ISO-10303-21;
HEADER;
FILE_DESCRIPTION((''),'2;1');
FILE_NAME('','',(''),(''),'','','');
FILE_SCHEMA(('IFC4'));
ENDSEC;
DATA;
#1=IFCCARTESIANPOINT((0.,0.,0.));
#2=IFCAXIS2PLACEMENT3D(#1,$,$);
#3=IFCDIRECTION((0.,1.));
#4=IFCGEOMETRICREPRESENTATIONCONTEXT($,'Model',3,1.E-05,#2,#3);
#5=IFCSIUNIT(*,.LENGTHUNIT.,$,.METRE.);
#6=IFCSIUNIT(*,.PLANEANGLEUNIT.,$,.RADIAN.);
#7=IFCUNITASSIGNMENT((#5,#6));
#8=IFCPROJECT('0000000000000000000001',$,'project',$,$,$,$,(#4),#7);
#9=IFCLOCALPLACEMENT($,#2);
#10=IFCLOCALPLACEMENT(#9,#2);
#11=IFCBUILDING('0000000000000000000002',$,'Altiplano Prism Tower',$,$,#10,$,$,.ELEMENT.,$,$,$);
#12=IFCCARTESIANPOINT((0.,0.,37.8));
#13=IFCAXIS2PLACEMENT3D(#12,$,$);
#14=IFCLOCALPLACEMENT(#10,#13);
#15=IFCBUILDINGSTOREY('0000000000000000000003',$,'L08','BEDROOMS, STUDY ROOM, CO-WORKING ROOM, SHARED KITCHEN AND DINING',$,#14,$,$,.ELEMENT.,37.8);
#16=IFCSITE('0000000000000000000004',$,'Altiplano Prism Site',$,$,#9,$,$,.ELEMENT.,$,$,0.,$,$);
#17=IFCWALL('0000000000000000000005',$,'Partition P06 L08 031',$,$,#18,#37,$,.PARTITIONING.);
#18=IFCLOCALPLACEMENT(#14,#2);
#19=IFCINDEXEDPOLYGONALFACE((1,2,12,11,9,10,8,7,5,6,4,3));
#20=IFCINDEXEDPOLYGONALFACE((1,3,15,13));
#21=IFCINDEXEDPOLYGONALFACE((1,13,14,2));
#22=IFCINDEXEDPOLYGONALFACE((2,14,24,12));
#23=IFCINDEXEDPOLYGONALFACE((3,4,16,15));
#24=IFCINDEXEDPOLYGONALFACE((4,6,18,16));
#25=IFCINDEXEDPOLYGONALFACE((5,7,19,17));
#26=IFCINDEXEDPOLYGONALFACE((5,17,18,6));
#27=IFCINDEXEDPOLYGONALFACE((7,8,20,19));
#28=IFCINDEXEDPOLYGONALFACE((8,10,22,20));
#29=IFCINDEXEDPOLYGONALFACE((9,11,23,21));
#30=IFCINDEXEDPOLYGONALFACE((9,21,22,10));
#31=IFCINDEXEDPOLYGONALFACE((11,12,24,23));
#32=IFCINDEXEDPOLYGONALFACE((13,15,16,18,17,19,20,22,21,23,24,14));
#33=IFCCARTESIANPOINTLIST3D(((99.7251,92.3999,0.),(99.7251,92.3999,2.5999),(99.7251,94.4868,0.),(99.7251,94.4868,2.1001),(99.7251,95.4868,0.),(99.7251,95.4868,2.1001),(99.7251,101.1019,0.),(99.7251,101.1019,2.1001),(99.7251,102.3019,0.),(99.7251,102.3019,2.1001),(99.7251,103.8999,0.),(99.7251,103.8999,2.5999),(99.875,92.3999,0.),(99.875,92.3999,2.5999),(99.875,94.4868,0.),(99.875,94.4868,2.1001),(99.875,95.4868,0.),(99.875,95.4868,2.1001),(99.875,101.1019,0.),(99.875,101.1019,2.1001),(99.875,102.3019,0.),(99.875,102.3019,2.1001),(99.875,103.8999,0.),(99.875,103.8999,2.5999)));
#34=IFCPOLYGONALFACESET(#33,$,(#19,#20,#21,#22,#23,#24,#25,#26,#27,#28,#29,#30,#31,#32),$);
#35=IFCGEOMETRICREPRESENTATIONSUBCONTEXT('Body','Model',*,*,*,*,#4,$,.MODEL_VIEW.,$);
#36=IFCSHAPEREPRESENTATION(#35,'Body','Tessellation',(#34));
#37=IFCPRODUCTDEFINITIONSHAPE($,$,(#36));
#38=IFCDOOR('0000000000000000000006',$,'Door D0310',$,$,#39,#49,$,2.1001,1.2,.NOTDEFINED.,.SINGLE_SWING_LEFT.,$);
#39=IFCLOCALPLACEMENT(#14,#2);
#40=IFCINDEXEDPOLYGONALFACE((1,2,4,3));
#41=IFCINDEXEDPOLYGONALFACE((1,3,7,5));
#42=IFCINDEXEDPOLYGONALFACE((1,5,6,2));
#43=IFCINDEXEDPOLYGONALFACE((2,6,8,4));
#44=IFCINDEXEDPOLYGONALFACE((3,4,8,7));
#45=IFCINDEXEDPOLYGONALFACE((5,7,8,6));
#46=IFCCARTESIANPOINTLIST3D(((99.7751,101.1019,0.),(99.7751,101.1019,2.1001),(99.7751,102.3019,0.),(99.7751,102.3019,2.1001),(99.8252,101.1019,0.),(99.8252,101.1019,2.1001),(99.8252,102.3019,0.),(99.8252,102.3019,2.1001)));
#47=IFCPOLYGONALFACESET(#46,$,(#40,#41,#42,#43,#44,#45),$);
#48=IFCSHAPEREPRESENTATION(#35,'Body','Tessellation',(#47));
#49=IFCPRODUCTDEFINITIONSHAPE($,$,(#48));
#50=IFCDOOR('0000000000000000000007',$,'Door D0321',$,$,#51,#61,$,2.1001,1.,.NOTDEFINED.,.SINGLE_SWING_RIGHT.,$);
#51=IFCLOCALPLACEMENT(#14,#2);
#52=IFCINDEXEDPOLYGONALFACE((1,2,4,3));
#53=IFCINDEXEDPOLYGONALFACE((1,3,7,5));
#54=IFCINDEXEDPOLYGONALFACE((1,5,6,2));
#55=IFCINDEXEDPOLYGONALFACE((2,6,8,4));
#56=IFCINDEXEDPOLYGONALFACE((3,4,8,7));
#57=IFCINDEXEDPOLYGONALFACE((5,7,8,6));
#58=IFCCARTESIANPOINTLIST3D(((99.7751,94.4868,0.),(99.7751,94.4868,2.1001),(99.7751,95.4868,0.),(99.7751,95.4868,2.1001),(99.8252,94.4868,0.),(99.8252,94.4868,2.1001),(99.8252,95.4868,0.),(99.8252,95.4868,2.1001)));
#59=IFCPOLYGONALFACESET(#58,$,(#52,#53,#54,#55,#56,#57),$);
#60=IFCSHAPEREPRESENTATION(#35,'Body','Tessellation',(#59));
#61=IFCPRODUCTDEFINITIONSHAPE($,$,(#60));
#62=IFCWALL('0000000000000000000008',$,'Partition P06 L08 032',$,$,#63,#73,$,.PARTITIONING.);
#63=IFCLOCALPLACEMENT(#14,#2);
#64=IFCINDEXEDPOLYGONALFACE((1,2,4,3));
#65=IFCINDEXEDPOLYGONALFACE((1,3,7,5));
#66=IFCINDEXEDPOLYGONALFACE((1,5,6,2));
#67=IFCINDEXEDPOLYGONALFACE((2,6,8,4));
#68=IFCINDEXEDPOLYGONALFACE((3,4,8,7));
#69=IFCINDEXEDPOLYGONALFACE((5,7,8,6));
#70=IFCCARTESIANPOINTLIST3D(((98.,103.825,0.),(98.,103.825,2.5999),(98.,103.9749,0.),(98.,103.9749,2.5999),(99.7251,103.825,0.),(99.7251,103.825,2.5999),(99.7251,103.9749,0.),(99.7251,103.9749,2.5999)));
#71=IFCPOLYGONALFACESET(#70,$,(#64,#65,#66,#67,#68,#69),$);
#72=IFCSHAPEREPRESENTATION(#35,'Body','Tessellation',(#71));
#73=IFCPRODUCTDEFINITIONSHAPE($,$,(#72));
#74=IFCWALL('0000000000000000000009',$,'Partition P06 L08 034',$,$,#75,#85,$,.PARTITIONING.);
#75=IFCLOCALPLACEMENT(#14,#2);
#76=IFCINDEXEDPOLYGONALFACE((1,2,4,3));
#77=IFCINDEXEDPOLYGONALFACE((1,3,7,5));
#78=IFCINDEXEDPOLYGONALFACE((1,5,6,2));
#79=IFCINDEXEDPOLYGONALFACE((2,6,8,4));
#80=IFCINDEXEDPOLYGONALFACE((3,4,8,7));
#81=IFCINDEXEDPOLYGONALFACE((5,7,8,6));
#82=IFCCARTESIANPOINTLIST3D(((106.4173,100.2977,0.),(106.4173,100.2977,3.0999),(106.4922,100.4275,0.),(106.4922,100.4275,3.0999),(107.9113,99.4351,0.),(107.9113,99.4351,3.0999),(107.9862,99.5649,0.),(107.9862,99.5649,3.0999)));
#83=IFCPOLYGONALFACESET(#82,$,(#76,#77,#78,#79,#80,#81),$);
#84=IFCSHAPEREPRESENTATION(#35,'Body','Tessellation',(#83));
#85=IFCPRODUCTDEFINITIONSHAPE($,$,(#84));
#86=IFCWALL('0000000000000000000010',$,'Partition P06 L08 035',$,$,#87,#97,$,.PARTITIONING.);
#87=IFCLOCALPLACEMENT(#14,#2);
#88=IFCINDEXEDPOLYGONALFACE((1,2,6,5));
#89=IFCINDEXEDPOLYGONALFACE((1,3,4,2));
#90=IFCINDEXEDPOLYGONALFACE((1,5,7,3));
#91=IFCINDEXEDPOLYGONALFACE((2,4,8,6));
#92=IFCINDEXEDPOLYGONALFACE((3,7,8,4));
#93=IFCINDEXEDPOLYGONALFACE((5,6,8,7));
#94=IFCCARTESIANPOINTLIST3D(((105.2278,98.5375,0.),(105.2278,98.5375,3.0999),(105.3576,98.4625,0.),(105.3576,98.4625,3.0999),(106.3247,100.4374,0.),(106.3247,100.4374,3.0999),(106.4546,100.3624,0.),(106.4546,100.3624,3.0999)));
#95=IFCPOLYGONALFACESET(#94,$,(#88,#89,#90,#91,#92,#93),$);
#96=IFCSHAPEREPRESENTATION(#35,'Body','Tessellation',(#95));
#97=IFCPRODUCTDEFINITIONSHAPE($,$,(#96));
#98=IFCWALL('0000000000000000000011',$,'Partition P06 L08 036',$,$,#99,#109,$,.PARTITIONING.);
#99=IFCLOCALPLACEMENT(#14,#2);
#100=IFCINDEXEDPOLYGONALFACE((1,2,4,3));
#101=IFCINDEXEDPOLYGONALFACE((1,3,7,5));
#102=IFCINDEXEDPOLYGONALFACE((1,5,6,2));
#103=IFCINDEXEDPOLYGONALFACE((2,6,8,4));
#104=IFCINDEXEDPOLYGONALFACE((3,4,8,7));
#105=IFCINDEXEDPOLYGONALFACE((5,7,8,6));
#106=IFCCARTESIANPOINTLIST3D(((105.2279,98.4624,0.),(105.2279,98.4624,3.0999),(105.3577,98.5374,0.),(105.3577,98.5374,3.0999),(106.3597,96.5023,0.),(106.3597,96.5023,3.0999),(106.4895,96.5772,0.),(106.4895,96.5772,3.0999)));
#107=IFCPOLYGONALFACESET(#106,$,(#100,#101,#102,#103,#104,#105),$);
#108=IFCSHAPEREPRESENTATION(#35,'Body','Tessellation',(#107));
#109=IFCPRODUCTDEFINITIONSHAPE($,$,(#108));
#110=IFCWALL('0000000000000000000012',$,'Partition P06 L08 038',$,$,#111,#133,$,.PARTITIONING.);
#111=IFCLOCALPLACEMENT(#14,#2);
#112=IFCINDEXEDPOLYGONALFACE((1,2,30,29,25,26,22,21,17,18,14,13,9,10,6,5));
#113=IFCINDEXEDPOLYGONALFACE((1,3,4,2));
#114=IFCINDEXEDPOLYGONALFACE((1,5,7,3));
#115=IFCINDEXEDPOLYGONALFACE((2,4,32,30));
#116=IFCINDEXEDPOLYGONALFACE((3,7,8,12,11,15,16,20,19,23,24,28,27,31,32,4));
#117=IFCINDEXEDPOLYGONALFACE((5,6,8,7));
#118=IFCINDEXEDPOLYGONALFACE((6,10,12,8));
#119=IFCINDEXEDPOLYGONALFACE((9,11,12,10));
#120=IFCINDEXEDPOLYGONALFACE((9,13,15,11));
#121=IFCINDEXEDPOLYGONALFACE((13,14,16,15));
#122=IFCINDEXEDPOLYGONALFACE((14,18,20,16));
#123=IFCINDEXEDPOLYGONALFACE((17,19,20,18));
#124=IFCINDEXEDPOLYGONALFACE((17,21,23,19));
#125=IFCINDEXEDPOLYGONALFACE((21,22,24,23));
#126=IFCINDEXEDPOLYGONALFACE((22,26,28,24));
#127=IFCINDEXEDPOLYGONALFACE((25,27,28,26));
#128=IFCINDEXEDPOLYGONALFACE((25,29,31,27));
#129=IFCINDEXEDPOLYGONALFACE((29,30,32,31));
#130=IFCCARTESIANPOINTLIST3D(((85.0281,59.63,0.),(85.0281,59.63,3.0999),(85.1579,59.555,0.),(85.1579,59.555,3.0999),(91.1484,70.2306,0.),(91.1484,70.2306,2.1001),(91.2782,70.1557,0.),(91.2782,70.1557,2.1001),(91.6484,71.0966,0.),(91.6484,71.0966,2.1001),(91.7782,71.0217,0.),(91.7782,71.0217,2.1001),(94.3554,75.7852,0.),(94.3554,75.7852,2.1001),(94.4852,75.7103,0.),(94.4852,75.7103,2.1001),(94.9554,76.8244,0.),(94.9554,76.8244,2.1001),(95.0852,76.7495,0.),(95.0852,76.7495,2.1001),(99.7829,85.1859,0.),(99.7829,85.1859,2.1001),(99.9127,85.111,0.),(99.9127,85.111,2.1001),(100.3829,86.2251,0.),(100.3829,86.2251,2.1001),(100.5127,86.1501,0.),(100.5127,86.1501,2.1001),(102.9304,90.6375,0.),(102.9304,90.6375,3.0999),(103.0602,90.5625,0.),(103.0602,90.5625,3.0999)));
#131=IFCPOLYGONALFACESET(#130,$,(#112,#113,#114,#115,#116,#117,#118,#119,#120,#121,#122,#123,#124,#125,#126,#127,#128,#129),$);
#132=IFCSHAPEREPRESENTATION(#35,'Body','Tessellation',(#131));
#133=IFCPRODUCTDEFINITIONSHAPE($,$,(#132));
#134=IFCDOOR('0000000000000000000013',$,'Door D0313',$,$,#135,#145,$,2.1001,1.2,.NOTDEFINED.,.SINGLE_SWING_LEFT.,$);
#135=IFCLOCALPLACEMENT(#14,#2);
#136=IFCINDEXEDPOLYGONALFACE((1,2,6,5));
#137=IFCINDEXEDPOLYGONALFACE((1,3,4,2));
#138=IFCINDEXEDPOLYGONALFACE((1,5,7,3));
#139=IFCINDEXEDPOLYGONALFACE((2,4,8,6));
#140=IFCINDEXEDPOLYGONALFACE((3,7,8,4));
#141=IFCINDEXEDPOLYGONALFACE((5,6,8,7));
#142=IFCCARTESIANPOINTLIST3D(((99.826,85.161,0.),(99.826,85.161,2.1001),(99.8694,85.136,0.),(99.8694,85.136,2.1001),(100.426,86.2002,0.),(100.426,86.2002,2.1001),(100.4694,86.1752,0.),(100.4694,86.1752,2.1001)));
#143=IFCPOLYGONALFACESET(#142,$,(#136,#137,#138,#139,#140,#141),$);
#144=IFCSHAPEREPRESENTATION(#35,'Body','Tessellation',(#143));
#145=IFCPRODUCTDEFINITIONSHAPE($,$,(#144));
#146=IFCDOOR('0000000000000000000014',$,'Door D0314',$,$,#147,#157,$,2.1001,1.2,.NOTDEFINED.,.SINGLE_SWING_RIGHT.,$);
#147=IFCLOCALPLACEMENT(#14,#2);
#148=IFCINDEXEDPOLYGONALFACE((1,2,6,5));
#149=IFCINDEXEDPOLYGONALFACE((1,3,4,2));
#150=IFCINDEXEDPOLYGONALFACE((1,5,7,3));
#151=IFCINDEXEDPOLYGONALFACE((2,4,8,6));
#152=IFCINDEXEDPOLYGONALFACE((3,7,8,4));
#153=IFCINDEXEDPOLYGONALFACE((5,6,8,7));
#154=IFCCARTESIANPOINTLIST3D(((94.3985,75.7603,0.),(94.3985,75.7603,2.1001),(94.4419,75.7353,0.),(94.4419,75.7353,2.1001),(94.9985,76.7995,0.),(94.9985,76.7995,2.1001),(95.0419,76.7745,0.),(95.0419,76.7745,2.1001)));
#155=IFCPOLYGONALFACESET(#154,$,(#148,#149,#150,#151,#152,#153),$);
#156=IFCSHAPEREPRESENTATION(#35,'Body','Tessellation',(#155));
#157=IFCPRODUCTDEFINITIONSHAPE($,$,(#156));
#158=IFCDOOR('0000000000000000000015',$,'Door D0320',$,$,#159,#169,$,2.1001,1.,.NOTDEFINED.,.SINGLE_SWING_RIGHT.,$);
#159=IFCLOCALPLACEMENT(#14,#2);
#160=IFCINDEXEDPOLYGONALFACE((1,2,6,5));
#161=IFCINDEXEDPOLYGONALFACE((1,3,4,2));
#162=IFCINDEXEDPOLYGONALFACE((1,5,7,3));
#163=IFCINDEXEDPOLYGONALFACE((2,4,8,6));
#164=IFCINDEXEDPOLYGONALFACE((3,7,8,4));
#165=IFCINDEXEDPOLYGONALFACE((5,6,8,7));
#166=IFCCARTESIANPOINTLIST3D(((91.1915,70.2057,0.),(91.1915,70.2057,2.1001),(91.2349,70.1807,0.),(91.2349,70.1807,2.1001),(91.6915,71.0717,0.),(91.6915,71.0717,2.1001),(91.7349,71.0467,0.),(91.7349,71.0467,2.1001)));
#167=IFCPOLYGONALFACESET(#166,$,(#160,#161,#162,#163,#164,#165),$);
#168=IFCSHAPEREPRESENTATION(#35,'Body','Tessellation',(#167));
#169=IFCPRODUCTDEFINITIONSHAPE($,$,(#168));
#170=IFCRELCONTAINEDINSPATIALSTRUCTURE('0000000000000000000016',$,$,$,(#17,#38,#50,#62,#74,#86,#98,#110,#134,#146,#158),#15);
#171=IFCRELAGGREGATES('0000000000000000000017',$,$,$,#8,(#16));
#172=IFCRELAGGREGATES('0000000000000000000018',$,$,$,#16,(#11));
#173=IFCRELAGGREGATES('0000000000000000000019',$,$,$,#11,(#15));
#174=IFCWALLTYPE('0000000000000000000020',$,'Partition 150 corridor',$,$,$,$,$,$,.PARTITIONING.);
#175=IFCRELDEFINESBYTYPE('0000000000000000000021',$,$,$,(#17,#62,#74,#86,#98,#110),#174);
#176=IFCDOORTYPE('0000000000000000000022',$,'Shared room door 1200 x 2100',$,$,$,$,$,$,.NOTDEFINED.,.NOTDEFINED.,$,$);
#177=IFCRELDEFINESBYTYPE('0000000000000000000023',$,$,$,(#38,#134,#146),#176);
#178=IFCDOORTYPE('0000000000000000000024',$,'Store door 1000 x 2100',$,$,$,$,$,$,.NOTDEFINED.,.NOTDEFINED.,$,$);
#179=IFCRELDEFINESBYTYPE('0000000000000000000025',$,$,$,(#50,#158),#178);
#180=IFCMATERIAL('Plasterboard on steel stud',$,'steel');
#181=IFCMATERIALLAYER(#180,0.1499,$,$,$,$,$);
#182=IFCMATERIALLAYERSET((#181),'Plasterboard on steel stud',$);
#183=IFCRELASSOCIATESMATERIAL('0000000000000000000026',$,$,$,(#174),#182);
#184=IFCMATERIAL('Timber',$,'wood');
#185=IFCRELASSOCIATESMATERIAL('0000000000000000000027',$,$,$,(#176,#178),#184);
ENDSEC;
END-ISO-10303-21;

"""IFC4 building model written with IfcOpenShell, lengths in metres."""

from ifc_helpers import new_model, si_unit, direction, frame, frame_2d, origin, place, context, subcontext, project, spatial, rectangle, extrude, material, layer, layer_set, type_object, element, fill, save


model = new_model("IFC4")

# Units and contexts
model_context = context("Model", 3, precision=1e-05, world=origin(), true_north=direction((0.0, 1.0)))
body_context = subcontext(model_context, "Body", "Model", "MODEL_VIEW")
ifc_project = project(units=[si_unit("LENGTHUNIT", "METRE"), si_unit("PLANEANGLEUNIT", "RADIAN")], contexts=[model_context])

# Site, building, storey
site_placement = place(None, origin())
site = spatial("IfcSite", under=ifc_project, at=site_placement, Name="Altiplano Prism Site", CompositionType="ELEMENT", RefElevation=0.0)
building_placement = place(site_placement, origin())
building = spatial("IfcBuilding", under=site, at=building_placement, Name="Altiplano Prism Tower", CompositionType="ELEMENT")
storey_placement = place(building_placement, frame((0.0, 0.0, 37.8)))
storey = spatial("IfcBuildingStorey", under=building, at=storey_placement, Name="L08", Description="BEDROOMS, STUDY ROOM, CO-WORKING ROOM, SHARED KITCHEN AND DINING", CompositionType="ELEMENT", Elevation=37.8)

# Shared definitions
ifc_material_1 = material(Name="Plasterboard on steel stud", Category="steel")
ifc_layer_1 = layer(ifc_material_1, 0.1499)
ifc_layer_set_1 = layer_set([ifc_layer_1], Name="Plasterboard on steel stud")
wall_type_1 = type_object("IfcWallType", Name="Partition 150 corridor", PredefinedType="PARTITIONING", material=ifc_layer_set_1)

# Shared definitions
ifc_material_2 = material(Name="Timber", Category="wood")
door_type_1 = type_object("IfcDoorType", Name="Shared room door 1200 x 2100", OperationType="NOTDEFINED", PredefinedType="NOTDEFINED", material=ifc_material_2)

# Wall, openings, doors
wall_1_placement = place(storey_placement, frame((99.8, 92.3999, 0.0), z_axis=(0.0, 0.0, 1.0), x_axis=(0.0, 1.0, 0.0)))
wall_1 = element("IfcWall", 1, at=wall_1_placement, inside=storey, type_object=wall_type_1, Name="Partition P06 L08 031", PredefinedType="PARTITIONING", context=body_context, shape_type="SweptSolid", body=[
    extrude(rectangle(XDim=11.5, YDim=0.1499, at=frame_2d((5.75, 0.0))), origin(), (0.0, 0.0, 1.0), 2.5999),
])
opening_1_placement = place(wall_1_placement, frame((8.7019, 0.0, 0.0)))
opening_1 = element("IfcOpeningElement", 2, at=opening_1_placement, cuts=wall_1, PredefinedType="OPENING", context=body_context, shape_type="SweptSolid", body=[
    extrude(rectangle(XDim=1.2, YDim=2.1001, at=frame_2d((0.6001, 1.05))), frame((0.0, 0.0854, 0.0), z_axis=(0.0, -1.0, 0.0), x_axis=(1.0, 0.0, 0.0)), (0.0, 0.0, 1.0), 0.1709),
])
opening_2_placement = place(wall_1_placement, frame((2.0869, 0.0, 0.0)))
opening_2 = element("IfcOpeningElement", 3, at=opening_2_placement, cuts=wall_1, PredefinedType="OPENING", context=body_context, shape_type="SweptSolid", body=[
    extrude(rectangle(XDim=1.0, YDim=2.1001, at=frame_2d((0.5, 1.05))), frame((0.0, 0.0854, 0.0), z_axis=(0.0, -1.0, 0.0), x_axis=(1.0, 0.0, 0.0)), (0.0, 0.0, 1.0), 0.1709),
])
door_1_placement = place(opening_1_placement, origin())
door_1 = element("IfcDoor", 4, at=door_1_placement, inside=storey, type_object=door_type_1, Name="Door D0310", OperationType="SINGLE_SWING_LEFT", OverallHeight=2.1001, OverallWidth=1.2, PredefinedType="NOTDEFINED", context=body_context, shape_type="SweptSolid", body=[
    extrude(rectangle(XDim=1.2, YDim=2.1001, at=frame_2d((0.6001, 1.05))), frame((0.0, 0.0249, 0.0), z_axis=(0.0, -1.0, 0.0), x_axis=(1.0, 0.0, 0.0)), (0.0, 0.0, 1.0), 0.05),
])
fill(opening_1, door_1)
door_type_2 = type_object("IfcDoorType", Name="Store door 1000 x 2100", OperationType="NOTDEFINED", PredefinedType="NOTDEFINED", material=ifc_material_2)
door_2_placement = place(opening_2_placement, origin())
door_2 = element("IfcDoor", 5, at=door_2_placement, inside=storey, type_object=door_type_2, Name="Door D0321", OperationType="SINGLE_SWING_RIGHT", OverallHeight=2.1001, OverallWidth=1.0, PredefinedType="NOTDEFINED", context=body_context, shape_type="SweptSolid", body=[
    extrude(rectangle(XDim=1.0, YDim=2.1001, at=frame_2d((0.5, 1.05))), frame((0.0, 0.0249, 0.0), z_axis=(0.0, -1.0, 0.0), x_axis=(1.0, 0.0, 0.0)), (0.0, 0.0, 1.0), 0.05),
])
fill(opening_2, door_2)

# Walls
wall_2_placement = place(storey_placement, frame((99.7251, 103.8999, 0.0), z_axis=(0.0, 0.0, 1.0), x_axis=(-1.0, 0.0, 0.0)))
element("IfcWall", 6, at=wall_2_placement, inside=storey, type_object=wall_type_1, Name="Partition P06 L08 032", PredefinedType="PARTITIONING", context=body_context, shape_type="SweptSolid", body=[
    extrude(rectangle(XDim=1.7251, YDim=0.1499, at=frame_2d((0.8625, 0.0))), origin(), (0.0, 0.0, 1.0), 2.5999),
])
wall_3_placement = place(storey_placement, frame((107.9487, 99.5, 0.0), z_axis=(0.0, 0.0, 1.0), x_axis=(-0.866014, 0.500021, 0.0)))
element("IfcWall", 7, at=wall_3_placement, inside=storey, type_object=wall_type_1, Name="Partition P06 L08 034", PredefinedType="PARTITIONING", context=body_context, shape_type="SweptSolid", body=[
    extrude(rectangle(XDim=1.7251, YDim=0.1499, at=frame_2d((0.8625, 0.0))), origin(), (0.0, 0.0, 1.0), 3.0999),
])
wall_4_placement = place(storey_placement, frame((106.3896, 100.3999, 0.0), z_axis=(0.0, 0.0, 1.0), x_axis=(-0.500005, -0.866023, 0.0)))
element("IfcWall", 8, at=wall_4_placement, inside=storey, type_object=wall_type_1, Name="Partition P06 L08 035", PredefinedType="PARTITIONING", context=body_context, shape_type="SweptSolid", body=[
    extrude(rectangle(XDim=2.1938, YDim=0.1499, at=frame_2d((1.0969, 0.0))), origin(), (0.0, 0.0, 1.0), 3.0999),
])
wall_5_placement = place(storey_placement, frame((105.2927, 98.5, 0.0), z_axis=(0.0, 0.0, 1.0), x_axis=(0.500037, -0.866004, 0.0)))
element("IfcWall", 9, at=wall_5_placement, inside=storey, type_object=wall_type_1, Name="Partition P06 L08 036", PredefinedType="PARTITIONING", context=body_context, shape_type="SweptSolid", body=[
    extrude(rectangle(XDim=2.2634, YDim=0.1499, at=frame_2d((1.1318, 0.0))), origin(), (0.0, 0.0, 1.0), 3.0999),
])

# Wall, openings, doors
wall_6_placement = place(storey_placement, frame((102.9954, 90.6001, 0.0), z_axis=(0.0, 0.0, 1.0), x_axis=(-0.500002, -0.866024, 0.0)))
wall_6 = element("IfcWall", 10, at=wall_6_placement, inside=storey, type_object=wall_type_1, Name="Partition P06 L08 038", PredefinedType="PARTITIONING", context=body_context, shape_type="SweptSolid", body=[
    extrude(rectangle(XDim=35.8044, YDim=0.1499, at=frame_2d((17.9023, 0.0))), origin(), (0.0, 0.0, 1.0), 3.0999),
])
opening_3_placement = place(wall_6_placement, frame((5.095, 0.0, 0.0)))
opening_3 = element("IfcOpeningElement", 11, at=opening_3_placement, cuts=wall_6, PredefinedType="OPENING", context=body_context, shape_type="SweptSolid", body=[
    extrude(rectangle(XDim=1.2, YDim=2.1001, at=frame_2d((0.6001, 1.05))), frame((0.0, 0.0854, 0.0), z_axis=(0.0, -1.0, 0.0), x_axis=(1.0, 0.0, 0.0)), (0.0, 0.0, 1.0), 0.1709),
])
opening_4_placement = place(wall_6_placement, frame((15.95, 0.0, 0.0)))
opening_4 = element("IfcOpeningElement", 12, at=opening_4_placement, cuts=wall_6, PredefinedType="OPENING", context=body_context, shape_type="SweptSolid", body=[
    extrude(rectangle(XDim=1.2, YDim=2.1001, at=frame_2d((0.6001, 1.05))), frame((0.0, 0.0854, 0.0), z_axis=(0.0, -1.0, 0.0), x_axis=(1.0, 0.0, 0.0)), (0.0, 0.0, 1.0), 0.1709),
])
opening_5_placement = place(wall_6_placement, frame((22.564, 0.0, 0.0)))
opening_5 = element("IfcOpeningElement", 13, at=opening_5_placement, cuts=wall_6, PredefinedType="OPENING", context=body_context, shape_type="SweptSolid", body=[
    extrude(rectangle(XDim=1.0, YDim=2.1001, at=frame_2d((0.5, 1.05))), frame((0.0, 0.0854, 0.0), z_axis=(0.0, -1.0, 0.0), x_axis=(1.0, 0.0, 0.0)), (0.0, 0.0, 1.0), 0.1709),
])
door_3_placement = place(opening_3_placement, origin())
door_3 = element("IfcDoor", 14, at=door_3_placement, inside=storey, type_object=door_type_1, Name="Door D0313", OperationType="SINGLE_SWING_LEFT", OverallHeight=2.1001, OverallWidth=1.2, PredefinedType="NOTDEFINED", context=body_context, shape_type="SweptSolid", body=[
    extrude(rectangle(XDim=1.2, YDim=2.1001, at=frame_2d((0.6001, 1.05))), frame((0.0, 0.0249, 0.0), z_axis=(0.0, -1.0, 0.0), x_axis=(1.0, 0.0, 0.0)), (0.0, 0.0, 1.0), 0.05),
])
fill(opening_3, door_3)
door_4_placement = place(opening_4_placement, origin())
door_4 = element("IfcDoor", 15, at=door_4_placement, inside=storey, type_object=door_type_1, Name="Door D0314", OperationType="SINGLE_SWING_RIGHT", OverallHeight=2.1001, OverallWidth=1.2, PredefinedType="NOTDEFINED", context=body_context, shape_type="SweptSolid", body=[
    extrude(rectangle(XDim=1.2, YDim=2.1001, at=frame_2d((0.6001, 1.05))), frame((0.0, 0.0249, 0.0), z_axis=(0.0, -1.0, 0.0), x_axis=(1.0, 0.0, 0.0)), (0.0, 0.0, 1.0), 0.05),
])
fill(opening_4, door_4)
door_5_placement = place(opening_5_placement, origin())
door_5 = element("IfcDoor", 16, at=door_5_placement, inside=storey, type_object=door_type_2, Name="Door D0320", OperationType="SINGLE_SWING_RIGHT", OverallHeight=2.1001, OverallWidth=1.0, PredefinedType="NOTDEFINED", context=body_context, shape_type="SweptSolid", body=[
    extrude(rectangle(XDim=1.0, YDim=2.1001, at=frame_2d((0.5, 1.05))), frame((0.0, 0.0249, 0.0), z_axis=(0.0, -1.0, 0.0), x_axis=(1.0, 0.0, 0.0)), (0.0, 0.0, 1.0), 0.05),
])
fill(opening_5, door_5)

save(model, "model.ifc")
